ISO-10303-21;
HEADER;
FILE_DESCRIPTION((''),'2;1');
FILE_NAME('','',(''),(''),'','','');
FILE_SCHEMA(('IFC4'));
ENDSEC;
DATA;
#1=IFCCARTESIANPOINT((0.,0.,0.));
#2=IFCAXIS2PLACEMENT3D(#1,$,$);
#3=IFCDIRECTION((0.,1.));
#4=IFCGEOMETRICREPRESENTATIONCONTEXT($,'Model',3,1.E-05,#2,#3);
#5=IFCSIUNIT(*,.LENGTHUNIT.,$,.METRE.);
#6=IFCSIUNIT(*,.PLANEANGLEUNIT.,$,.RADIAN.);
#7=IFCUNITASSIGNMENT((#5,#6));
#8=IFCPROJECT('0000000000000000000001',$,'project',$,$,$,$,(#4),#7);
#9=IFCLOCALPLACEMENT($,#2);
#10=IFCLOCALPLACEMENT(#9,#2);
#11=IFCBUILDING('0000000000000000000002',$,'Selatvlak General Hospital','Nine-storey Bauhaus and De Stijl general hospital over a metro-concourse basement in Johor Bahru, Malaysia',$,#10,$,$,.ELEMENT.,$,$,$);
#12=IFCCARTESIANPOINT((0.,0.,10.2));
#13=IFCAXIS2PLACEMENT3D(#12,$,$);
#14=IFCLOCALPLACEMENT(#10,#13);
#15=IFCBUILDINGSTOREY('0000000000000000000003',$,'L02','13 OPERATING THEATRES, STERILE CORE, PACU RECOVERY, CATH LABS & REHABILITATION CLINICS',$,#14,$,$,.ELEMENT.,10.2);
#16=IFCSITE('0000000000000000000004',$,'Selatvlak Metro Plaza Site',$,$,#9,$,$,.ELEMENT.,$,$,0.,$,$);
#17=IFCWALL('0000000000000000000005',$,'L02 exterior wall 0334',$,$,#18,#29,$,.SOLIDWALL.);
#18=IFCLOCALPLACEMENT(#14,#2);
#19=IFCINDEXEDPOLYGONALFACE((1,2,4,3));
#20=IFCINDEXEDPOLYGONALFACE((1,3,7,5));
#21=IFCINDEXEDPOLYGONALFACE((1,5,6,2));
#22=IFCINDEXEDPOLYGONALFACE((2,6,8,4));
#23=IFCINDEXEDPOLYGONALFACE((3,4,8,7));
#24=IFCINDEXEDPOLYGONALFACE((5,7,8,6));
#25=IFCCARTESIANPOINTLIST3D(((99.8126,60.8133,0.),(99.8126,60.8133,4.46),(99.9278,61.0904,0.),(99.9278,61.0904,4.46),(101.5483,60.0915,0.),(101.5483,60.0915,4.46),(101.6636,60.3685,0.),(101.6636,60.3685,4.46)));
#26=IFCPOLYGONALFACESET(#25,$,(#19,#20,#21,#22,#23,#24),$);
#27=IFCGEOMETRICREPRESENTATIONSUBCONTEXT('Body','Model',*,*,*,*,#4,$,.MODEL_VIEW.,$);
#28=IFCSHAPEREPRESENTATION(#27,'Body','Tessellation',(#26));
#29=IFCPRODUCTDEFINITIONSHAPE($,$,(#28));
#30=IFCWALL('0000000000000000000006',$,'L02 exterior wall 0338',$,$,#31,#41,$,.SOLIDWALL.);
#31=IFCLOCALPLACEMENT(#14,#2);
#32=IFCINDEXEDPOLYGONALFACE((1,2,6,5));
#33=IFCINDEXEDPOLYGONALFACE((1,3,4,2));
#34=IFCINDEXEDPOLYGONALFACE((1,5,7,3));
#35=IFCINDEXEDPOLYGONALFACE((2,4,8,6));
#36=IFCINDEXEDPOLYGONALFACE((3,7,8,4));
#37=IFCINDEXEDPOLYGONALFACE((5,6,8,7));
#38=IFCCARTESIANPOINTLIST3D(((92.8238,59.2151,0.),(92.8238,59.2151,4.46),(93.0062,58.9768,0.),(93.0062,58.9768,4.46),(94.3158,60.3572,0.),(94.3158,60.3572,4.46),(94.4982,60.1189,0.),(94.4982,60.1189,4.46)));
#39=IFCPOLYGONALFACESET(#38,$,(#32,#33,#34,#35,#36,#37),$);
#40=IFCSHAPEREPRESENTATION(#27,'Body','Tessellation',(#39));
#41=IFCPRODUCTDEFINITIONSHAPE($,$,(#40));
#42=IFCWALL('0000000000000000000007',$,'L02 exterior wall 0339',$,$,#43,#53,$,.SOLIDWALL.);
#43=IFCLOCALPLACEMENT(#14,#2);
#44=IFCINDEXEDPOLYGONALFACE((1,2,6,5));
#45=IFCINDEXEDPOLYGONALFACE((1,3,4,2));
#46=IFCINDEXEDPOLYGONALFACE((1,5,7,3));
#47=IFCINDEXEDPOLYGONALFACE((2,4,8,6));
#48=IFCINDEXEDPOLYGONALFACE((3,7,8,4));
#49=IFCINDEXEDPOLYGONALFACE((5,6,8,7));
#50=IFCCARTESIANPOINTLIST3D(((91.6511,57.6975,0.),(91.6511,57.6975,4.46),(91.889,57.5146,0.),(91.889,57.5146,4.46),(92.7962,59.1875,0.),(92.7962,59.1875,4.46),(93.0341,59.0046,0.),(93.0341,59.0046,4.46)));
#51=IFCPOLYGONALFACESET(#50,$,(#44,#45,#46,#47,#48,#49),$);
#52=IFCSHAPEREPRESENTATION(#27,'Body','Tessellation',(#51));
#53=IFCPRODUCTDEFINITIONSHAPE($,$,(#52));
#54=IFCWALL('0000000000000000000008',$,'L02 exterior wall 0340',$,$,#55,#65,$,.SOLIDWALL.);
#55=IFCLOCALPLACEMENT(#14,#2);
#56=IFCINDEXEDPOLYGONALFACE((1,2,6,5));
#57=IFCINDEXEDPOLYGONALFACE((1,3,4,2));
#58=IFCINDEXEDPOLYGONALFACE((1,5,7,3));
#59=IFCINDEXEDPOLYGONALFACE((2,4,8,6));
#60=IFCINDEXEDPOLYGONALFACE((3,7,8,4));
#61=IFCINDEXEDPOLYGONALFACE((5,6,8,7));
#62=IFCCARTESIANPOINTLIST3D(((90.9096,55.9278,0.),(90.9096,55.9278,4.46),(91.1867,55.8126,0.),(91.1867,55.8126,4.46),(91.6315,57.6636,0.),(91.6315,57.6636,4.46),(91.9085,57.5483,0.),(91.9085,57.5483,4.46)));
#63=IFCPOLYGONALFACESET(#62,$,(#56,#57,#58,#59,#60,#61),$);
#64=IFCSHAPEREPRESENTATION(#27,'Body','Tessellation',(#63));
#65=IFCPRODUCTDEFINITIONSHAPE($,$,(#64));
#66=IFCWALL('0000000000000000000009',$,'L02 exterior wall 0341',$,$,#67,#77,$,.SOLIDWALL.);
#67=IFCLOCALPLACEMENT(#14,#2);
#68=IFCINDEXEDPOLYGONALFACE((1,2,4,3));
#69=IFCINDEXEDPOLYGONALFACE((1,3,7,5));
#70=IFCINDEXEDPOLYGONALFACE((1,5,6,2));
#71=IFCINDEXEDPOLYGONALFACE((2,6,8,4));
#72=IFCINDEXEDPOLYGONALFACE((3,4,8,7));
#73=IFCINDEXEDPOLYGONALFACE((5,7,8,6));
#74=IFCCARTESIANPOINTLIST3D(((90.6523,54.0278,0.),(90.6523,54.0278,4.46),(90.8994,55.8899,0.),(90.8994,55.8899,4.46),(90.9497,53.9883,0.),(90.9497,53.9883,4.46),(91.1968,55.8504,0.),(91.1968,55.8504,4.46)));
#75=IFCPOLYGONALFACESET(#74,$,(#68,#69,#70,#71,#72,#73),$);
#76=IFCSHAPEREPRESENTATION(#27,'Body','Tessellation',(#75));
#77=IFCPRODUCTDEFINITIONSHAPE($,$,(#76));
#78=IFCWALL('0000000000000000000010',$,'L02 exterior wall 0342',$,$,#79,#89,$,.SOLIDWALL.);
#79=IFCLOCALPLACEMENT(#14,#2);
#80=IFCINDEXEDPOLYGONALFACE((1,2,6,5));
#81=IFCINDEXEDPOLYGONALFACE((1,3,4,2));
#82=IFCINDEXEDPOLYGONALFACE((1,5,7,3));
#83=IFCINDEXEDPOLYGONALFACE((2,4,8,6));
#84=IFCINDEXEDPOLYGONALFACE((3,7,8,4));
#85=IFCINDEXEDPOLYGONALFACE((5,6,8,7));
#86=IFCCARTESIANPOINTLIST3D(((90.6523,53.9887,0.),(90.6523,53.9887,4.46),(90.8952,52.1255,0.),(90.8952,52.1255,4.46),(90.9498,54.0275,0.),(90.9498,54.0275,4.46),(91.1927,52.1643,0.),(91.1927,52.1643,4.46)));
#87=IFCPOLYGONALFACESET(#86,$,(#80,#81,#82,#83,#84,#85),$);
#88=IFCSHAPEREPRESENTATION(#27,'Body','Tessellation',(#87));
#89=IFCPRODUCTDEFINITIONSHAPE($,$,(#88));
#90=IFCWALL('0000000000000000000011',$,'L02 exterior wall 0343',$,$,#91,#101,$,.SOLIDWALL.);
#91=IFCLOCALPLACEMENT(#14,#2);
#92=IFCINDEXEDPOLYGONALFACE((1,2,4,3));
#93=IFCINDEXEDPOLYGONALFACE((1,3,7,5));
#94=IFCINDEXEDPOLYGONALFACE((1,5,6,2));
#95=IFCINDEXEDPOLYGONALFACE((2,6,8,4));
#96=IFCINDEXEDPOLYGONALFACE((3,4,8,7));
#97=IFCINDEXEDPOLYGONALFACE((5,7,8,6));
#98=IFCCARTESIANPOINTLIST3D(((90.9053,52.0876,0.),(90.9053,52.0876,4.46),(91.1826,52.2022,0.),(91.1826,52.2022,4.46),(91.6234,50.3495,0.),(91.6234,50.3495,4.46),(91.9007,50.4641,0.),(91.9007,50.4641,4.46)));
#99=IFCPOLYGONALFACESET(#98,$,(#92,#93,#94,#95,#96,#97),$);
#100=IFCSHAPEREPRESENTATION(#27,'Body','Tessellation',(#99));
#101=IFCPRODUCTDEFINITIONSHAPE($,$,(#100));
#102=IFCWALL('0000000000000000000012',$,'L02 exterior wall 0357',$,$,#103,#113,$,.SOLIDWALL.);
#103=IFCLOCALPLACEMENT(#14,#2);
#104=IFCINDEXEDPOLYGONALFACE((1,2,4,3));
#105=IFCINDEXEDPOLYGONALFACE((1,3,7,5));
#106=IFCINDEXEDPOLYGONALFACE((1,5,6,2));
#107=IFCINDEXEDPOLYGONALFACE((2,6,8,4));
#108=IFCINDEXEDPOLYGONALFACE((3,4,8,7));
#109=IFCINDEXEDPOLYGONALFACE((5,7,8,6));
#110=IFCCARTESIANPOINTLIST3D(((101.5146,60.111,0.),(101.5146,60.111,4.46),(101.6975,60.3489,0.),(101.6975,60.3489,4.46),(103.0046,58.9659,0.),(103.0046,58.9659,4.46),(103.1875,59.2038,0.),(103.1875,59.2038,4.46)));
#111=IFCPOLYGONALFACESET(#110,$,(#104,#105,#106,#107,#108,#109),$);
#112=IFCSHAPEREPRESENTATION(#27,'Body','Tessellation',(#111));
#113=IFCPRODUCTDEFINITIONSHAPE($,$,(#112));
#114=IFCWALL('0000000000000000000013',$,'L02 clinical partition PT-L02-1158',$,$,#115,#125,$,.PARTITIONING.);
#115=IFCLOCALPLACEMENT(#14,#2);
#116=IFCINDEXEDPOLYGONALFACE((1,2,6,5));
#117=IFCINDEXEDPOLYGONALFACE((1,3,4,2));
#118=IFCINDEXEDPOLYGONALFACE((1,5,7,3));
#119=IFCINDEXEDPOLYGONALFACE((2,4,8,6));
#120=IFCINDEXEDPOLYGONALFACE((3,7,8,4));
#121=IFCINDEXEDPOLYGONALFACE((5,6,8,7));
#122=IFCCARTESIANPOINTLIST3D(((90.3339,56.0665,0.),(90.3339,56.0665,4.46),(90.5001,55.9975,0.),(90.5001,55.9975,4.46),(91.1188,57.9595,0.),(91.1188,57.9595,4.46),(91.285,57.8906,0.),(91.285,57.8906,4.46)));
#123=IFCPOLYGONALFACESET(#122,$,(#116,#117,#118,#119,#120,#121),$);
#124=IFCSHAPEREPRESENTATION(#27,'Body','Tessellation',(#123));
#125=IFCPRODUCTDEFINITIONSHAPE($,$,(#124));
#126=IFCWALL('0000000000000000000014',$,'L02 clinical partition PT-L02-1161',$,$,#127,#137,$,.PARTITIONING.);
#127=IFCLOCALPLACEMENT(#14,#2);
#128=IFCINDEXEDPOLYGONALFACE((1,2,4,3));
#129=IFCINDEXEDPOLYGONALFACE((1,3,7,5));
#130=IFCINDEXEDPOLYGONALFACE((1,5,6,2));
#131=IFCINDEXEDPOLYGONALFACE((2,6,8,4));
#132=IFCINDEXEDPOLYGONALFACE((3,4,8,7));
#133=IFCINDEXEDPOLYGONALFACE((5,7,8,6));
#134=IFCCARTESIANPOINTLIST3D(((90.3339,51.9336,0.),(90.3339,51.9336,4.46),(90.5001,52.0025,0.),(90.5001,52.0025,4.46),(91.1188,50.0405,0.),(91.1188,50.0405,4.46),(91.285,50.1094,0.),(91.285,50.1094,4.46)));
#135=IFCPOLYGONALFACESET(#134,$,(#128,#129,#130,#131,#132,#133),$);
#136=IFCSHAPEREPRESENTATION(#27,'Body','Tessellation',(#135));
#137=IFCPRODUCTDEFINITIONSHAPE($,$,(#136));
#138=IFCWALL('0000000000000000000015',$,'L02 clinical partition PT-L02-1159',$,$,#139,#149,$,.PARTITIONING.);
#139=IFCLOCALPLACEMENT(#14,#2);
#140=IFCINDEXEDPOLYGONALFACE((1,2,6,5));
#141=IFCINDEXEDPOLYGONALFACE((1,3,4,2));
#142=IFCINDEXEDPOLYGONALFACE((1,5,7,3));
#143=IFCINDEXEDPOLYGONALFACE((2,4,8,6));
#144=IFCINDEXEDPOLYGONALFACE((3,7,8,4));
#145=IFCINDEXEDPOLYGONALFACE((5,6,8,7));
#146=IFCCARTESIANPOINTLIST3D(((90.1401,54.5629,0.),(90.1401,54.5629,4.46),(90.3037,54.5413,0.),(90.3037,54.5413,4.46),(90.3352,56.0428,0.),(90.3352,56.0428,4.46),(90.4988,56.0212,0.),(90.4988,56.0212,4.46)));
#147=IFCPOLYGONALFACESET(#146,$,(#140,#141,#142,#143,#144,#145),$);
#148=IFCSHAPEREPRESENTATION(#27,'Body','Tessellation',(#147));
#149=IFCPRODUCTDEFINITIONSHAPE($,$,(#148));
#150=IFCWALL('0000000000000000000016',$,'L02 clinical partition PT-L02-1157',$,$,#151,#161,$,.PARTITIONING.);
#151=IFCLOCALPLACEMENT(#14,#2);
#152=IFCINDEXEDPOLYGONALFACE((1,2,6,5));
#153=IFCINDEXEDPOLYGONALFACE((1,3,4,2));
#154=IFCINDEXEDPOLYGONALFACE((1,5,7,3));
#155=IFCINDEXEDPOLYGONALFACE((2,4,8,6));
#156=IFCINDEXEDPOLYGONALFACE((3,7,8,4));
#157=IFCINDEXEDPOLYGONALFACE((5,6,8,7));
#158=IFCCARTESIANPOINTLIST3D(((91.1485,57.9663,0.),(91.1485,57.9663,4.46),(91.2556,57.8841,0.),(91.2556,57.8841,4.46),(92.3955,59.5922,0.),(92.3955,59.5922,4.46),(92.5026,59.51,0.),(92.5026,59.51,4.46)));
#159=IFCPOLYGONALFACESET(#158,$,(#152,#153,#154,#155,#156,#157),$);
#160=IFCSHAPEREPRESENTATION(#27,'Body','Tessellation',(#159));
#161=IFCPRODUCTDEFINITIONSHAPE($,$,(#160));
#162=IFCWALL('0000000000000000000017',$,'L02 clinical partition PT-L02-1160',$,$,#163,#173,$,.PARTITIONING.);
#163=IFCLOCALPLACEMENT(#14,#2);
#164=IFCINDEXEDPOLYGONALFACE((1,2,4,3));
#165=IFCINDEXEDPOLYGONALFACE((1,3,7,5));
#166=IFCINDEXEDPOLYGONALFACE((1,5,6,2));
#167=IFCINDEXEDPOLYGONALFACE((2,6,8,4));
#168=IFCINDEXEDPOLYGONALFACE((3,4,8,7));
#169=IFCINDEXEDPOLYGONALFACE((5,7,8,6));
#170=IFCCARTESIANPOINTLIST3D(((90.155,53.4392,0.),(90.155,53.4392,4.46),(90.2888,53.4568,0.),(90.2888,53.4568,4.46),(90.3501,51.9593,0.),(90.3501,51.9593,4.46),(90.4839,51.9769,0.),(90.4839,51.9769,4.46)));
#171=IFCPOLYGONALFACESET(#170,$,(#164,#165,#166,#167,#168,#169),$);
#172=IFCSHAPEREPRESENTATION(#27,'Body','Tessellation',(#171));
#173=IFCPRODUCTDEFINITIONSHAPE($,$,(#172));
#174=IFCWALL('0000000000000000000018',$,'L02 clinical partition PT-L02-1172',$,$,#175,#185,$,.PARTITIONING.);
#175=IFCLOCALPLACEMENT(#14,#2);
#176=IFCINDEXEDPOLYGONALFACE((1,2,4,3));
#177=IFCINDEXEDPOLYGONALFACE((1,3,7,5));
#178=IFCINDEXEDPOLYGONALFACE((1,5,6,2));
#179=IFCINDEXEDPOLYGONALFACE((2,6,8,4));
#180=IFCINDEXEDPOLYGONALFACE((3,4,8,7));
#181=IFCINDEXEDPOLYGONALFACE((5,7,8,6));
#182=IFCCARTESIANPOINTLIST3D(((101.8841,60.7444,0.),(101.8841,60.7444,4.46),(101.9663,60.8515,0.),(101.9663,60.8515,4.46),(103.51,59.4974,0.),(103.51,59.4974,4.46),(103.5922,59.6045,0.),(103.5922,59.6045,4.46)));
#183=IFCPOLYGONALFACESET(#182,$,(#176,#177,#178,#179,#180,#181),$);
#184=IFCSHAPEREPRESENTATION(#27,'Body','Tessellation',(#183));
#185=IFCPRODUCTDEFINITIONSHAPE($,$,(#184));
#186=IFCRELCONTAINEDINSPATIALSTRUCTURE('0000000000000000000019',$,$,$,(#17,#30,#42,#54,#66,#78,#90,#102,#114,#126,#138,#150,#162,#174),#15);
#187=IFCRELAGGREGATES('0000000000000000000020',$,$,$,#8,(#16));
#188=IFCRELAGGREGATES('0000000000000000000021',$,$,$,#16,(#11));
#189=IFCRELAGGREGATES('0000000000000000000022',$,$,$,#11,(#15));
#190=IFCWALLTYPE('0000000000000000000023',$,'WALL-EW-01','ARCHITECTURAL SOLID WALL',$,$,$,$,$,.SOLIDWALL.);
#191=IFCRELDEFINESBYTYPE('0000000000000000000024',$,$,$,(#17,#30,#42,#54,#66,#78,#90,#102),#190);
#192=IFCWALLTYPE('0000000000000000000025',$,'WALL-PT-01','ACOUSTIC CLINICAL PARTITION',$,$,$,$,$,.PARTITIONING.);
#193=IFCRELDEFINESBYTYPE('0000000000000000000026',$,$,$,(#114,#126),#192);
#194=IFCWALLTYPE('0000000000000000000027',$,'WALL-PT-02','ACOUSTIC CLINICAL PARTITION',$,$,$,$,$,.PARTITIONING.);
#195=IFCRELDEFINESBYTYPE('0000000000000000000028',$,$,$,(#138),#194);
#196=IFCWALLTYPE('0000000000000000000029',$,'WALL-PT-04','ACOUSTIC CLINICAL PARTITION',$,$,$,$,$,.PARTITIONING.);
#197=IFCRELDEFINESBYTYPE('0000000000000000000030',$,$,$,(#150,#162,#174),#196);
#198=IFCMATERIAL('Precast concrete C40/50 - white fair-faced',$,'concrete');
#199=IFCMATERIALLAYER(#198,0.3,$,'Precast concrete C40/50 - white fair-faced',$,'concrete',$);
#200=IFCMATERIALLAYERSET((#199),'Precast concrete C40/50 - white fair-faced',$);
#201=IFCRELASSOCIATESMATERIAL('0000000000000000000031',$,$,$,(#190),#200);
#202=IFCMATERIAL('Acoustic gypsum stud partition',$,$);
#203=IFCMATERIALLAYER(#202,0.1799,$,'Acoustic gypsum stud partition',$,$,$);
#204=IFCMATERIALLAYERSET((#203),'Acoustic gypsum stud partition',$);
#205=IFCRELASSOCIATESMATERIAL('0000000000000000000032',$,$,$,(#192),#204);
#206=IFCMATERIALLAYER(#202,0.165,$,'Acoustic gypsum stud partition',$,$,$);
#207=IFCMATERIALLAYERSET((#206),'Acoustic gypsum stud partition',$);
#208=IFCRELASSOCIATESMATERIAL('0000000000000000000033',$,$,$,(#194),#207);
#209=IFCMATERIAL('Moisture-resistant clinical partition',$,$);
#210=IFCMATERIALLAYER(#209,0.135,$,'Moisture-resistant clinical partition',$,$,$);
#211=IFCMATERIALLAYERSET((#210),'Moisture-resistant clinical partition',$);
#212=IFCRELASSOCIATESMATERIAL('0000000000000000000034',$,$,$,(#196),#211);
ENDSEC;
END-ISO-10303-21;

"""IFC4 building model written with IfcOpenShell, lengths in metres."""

from ifc_helpers import new_model, si_unit, direction, frame, frame_2d, origin, place, context, subcontext, project, spatial, rectangle, extrude, material, layer, layer_set, type_object, element, save


model = new_model("IFC4")

# Units and contexts
model_context = context("Model", 3, precision=1e-05, world=origin(), true_north=direction((0.0, 1.0)))
body_context = subcontext(model_context, "Body", "Model", "MODEL_VIEW")
ifc_project = project(units=[si_unit("LENGTHUNIT", "METRE"), si_unit("PLANEANGLEUNIT", "RADIAN")], contexts=[model_context])

# Site, building, storey
site_placement = place(None, origin())
site = spatial("IfcSite", under=ifc_project, at=site_placement, Name="Selatvlak Metro Plaza Site", CompositionType="ELEMENT", RefElevation=0.0)
building_placement = place(site_placement, origin())
building = spatial("IfcBuilding", under=site, at=building_placement, Name="Selatvlak General Hospital", Description="Nine-storey Bauhaus and De Stijl general hospital over a metro-concourse basement in Johor Bahru, Malaysia", CompositionType="ELEMENT")
storey_placement = place(building_placement, frame((0.0, 0.0, 10.2)))
storey = spatial("IfcBuildingStorey", under=building, at=storey_placement, Name="L02", Description="13 OPERATING THEATRES, STERILE CORE, PACU RECOVERY, CATH LABS & REHABILITATION CLINICS", CompositionType="ELEMENT", Elevation=10.2)

# Walls
ifc_material_1 = material(Name="Precast concrete C40/50 - white fair-faced", Category="concrete")
ifc_layer_1 = layer(ifc_material_1, 0.3, Name="Precast concrete C40/50 - white fair-faced", Category="concrete")
ifc_layer_set_1 = layer_set([ifc_layer_1], Name="Precast concrete C40/50 - white fair-faced")
wall_type_1 = type_object("IfcWallType", Name="WALL-EW-01", Description="ARCHITECTURAL SOLID WALL", PredefinedType="SOLIDWALL", material=ifc_layer_set_1)
wall_1_placement = place(storey_placement, frame((101.606, 60.23, 0.0), z_axis=(0.0, 0.0, 1.0), x_axis=(-0.92333, 0.384007, 0.0)))
element("IfcWall", 1, at=wall_1_placement, inside=storey, type_object=wall_type_1, Name="L02 exterior wall 0334", PredefinedType="SOLIDWALL", context=body_context, shape_type="SweptSolid", body=[
    extrude(rectangle(XDim=1.8799, YDim=0.3, at=frame_2d((0.9399, 0.0))), origin(), (0.0, 0.0, 1.0), 4.46),
])
wall_2_placement = place(storey_placement, frame((94.407, 60.238, 0.0), z_axis=(0.0, 0.0, 1.0), x_axis=(-0.794052, -0.60785, 0.0)))
element("IfcWall", 2, at=wall_2_placement, inside=storey, type_object=wall_type_1, Name="L02 exterior wall 0338", PredefinedType="SOLIDWALL", context=body_context, shape_type="SweptSolid", body=[
    extrude(rectangle(XDim=1.8789, YDim=0.3, at=frame_2d((0.9395, 0.0))), origin(), (0.0, 0.0, 1.0), 4.46),
])
wall_3_placement = place(storey_placement, frame((92.915, 59.0959, 0.0), z_axis=(0.0, 0.0, 1.0), x_axis=(-0.609334, -0.792914, 0.0)))
element("IfcWall", 3, at=wall_3_placement, inside=storey, type_object=wall_type_1, Name="L02 exterior wall 0339", PredefinedType="SOLIDWALL", context=body_context, shape_type="SweptSolid", body=[
    extrude(rectangle(XDim=1.8792, YDim=0.3, at=frame_2d((0.9395, 0.0))), origin(), (0.0, 0.0, 1.0), 4.46),
])
wall_4_placement = place(storey_placement, frame((91.77, 57.606, 0.0), z_axis=(0.0, 0.0, 1.0), x_axis=(-0.384007, -0.92333, 0.0)))
element("IfcWall", 4, at=wall_4_placement, inside=storey, type_object=wall_type_1, Name="L02 exterior wall 0340", PredefinedType="SOLIDWALL", context=body_context, shape_type="SweptSolid", body=[
    extrude(rectangle(XDim=1.8799, YDim=0.3, at=frame_2d((0.9399, 0.0))), origin(), (0.0, 0.0, 1.0), 4.46),
])
wall_5_placement = place(storey_placement, frame((91.0481, 55.8701, 0.0), z_axis=(0.0, 0.0, 1.0), x_axis=(-0.131534, -0.991312, 0.0)))
element("IfcWall", 5, at=wall_5_placement, inside=storey, type_object=wall_type_1, Name="L02 exterior wall 0341", PredefinedType="SOLIDWALL", context=body_context, shape_type="SweptSolid", body=[
    extrude(rectangle(XDim=1.8784, YDim=0.3, at=frame_2d((0.9392, 0.0))), origin(), (0.0, 0.0, 1.0), 4.46),
])
wall_6_placement = place(storey_placement, frame((90.801, 54.0081, 0.0), z_axis=(0.0, 0.0, 1.0), x_axis=(0.129295, -0.991606, 0.0)))
element("IfcWall", 6, at=wall_6_placement, inside=storey, type_object=wall_type_1, Name="L02 exterior wall 0342", PredefinedType="SOLIDWALL", context=body_context, shape_type="SweptSolid", body=[
    extrude(rectangle(XDim=1.8789, YDim=0.3, at=frame_2d((0.9395, 0.0))), origin(), (0.0, 0.0, 1.0), 4.46),
])
wall_7_placement = place(storey_placement, frame((91.0439, 52.145, 0.0), z_axis=(0.0, 0.0, 1.0), x_axis=(0.38182, -0.924237, 0.0)))
element("IfcWall", 7, at=wall_7_placement, inside=storey, type_object=wall_type_1, Name="L02 exterior wall 0343", PredefinedType="SOLIDWALL", context=body_context, shape_type="SweptSolid", body=[
    extrude(rectangle(XDim=1.8806, YDim=0.3, at=frame_2d((0.9404, 0.0))), origin(), (0.0, 0.0, 1.0), 4.46),
])
wall_8_placement = place(storey_placement, frame((103.0959, 59.085, 0.0), z_axis=(0.0, 0.0, 1.0), x_axis=(-0.792914, 0.609334, 0.0)))
element("IfcWall", 8, at=wall_8_placement, inside=storey, type_object=wall_type_1, Name="L02 exterior wall 0357", PredefinedType="SOLIDWALL", context=body_context, shape_type="SweptSolid", body=[
    extrude(rectangle(XDim=1.8792, YDim=0.3, at=frame_2d((0.9395, 0.0))), origin(), (0.0, 0.0, 1.0), 4.46),
])
ifc_material_2 = material(Name="Acoustic gypsum stud partition")
ifc_layer_2 = layer(ifc_material_2, 0.1799, Name="Acoustic gypsum stud partition")
ifc_layer_set_2 = layer_set([ifc_layer_2], Name="Acoustic gypsum stud partition")
wall_type_2 = type_object("IfcWallType", Name="WALL-PT-01", Description="ACOUSTIC CLINICAL PARTITION", PredefinedType="PARTITIONING", material=ifc_layer_set_2)
for number, where, z_axis, x_axis, name in (
    (9, (91.2019, 57.925, 0.0), (0.0, 0.0, 1.0), (-0.383008, -0.923745, 0.0), "L02 clinical partition PT-L02-1158"),
    (10, (90.417, 51.968, 0.0), (0.0, 0.0, 1.0), (0.383008, -0.923745, 0.0), "L02 clinical partition PT-L02-1161"),
):
    element("IfcWall", number, at=place(storey_placement, frame(where, z_axis=z_axis, x_axis=x_axis)), inside=storey, type_object=wall_type_2, Name=name, PredefinedType="PARTITIONING", context=body_context, shape_type="SweptSolid", body=[
        extrude(rectangle(XDim=2.0493, YDim=0.1799, at=frame_2d((1.0247, 0.0))), origin(), (0.0, 0.0, 1.0), 4.46),
    ])
ifc_layer_3 = layer(ifc_material_2, 0.165, Name="Acoustic gypsum stud partition")
ifc_layer_set_3 = layer_set([ifc_layer_3], Name="Acoustic gypsum stud partition")
wall_type_3 = type_object("IfcWallType", Name="WALL-PT-02", Description="ACOUSTIC CLINICAL PARTITION", PredefinedType="PARTITIONING", material=ifc_layer_set_3)
wall_9_placement = place(storey_placement, frame((90.417, 56.032, 0.0), z_axis=(0.0, 0.0, 1.0), x_axis=(-0.130675, -0.991425, 0.0)))
element("IfcWall", 11, at=wall_9_placement, inside=storey, type_object=wall_type_3, Name="L02 clinical partition PT-L02-1159", PredefinedType="PARTITIONING", context=body_context, shape_type="SweptSolid", body=[
    extrude(rectangle(XDim=1.4927, YDim=0.165, at=frame_2d((0.7463, 0.0))), origin(), (0.0, 0.0, 1.0), 4.46),
])
ifc_material_3 = material(Name="Moisture-resistant clinical partition")
ifc_layer_4 = layer(ifc_material_3, 0.135, Name="Moisture-resistant clinical partition")
ifc_layer_set_4 = layer_set([ifc_layer_4], Name="Moisture-resistant clinical partition")
wall_type_4 = type_object("IfcWallType", Name="WALL-PT-04", Description="ACOUSTIC CLINICAL PARTITION", PredefinedType="PARTITIONING", material=ifc_layer_set_4)
wall_10_placement = place(storey_placement, frame((92.449, 59.551, 0.0), z_axis=(0.0, 0.0, 1.0), x_axis=(-0.608582, -0.793491, 0.0)))
element("IfcWall", 12, at=wall_10_placement, inside=storey, type_object=wall_type_4, Name="L02 clinical partition PT-L02-1157", PredefinedType="PARTITIONING", context=body_context, shape_type="SweptSolid", body=[
    extrude(rectangle(XDim=2.0491, YDim=0.135, at=frame_2d((1.0244, 0.0))), origin(), (0.0, 0.0, 1.0), 4.46),
])
wall_11_placement = place(storey_placement, frame((90.2219, 53.448, 0.0), z_axis=(0.0, 0.0, 1.0), x_axis=(0.130675, -0.991425, 0.0)))
element("IfcWall", 13, at=wall_11_placement, inside=storey, type_object=wall_type_4, Name="L02 clinical partition PT-L02-1160", PredefinedType="PARTITIONING", context=body_context, shape_type="SweptSolid", body=[
    extrude(rectangle(XDim=1.4927, YDim=0.135, at=frame_2d((0.7463, 0.0))), origin(), (0.0, 0.0, 1.0), 4.46),
])
wall_12_placement = place(storey_placement, frame((103.551, 59.551, 0.0), z_axis=(0.0, 0.0, 1.0), x_axis=(-0.793491, 0.608582, 0.0)))
element("IfcWall", 14, at=wall_12_placement, inside=storey, type_object=wall_type_4, Name="L02 clinical partition PT-L02-1172", PredefinedType="PARTITIONING", context=body_context, shape_type="SweptSolid", body=[
    extrude(rectangle(XDim=2.0491, YDim=0.135, at=frame_2d((1.0244, 0.0))), origin(), (0.0, 0.0, 1.0), 4.46),
])

save(model, "model.ifc")
